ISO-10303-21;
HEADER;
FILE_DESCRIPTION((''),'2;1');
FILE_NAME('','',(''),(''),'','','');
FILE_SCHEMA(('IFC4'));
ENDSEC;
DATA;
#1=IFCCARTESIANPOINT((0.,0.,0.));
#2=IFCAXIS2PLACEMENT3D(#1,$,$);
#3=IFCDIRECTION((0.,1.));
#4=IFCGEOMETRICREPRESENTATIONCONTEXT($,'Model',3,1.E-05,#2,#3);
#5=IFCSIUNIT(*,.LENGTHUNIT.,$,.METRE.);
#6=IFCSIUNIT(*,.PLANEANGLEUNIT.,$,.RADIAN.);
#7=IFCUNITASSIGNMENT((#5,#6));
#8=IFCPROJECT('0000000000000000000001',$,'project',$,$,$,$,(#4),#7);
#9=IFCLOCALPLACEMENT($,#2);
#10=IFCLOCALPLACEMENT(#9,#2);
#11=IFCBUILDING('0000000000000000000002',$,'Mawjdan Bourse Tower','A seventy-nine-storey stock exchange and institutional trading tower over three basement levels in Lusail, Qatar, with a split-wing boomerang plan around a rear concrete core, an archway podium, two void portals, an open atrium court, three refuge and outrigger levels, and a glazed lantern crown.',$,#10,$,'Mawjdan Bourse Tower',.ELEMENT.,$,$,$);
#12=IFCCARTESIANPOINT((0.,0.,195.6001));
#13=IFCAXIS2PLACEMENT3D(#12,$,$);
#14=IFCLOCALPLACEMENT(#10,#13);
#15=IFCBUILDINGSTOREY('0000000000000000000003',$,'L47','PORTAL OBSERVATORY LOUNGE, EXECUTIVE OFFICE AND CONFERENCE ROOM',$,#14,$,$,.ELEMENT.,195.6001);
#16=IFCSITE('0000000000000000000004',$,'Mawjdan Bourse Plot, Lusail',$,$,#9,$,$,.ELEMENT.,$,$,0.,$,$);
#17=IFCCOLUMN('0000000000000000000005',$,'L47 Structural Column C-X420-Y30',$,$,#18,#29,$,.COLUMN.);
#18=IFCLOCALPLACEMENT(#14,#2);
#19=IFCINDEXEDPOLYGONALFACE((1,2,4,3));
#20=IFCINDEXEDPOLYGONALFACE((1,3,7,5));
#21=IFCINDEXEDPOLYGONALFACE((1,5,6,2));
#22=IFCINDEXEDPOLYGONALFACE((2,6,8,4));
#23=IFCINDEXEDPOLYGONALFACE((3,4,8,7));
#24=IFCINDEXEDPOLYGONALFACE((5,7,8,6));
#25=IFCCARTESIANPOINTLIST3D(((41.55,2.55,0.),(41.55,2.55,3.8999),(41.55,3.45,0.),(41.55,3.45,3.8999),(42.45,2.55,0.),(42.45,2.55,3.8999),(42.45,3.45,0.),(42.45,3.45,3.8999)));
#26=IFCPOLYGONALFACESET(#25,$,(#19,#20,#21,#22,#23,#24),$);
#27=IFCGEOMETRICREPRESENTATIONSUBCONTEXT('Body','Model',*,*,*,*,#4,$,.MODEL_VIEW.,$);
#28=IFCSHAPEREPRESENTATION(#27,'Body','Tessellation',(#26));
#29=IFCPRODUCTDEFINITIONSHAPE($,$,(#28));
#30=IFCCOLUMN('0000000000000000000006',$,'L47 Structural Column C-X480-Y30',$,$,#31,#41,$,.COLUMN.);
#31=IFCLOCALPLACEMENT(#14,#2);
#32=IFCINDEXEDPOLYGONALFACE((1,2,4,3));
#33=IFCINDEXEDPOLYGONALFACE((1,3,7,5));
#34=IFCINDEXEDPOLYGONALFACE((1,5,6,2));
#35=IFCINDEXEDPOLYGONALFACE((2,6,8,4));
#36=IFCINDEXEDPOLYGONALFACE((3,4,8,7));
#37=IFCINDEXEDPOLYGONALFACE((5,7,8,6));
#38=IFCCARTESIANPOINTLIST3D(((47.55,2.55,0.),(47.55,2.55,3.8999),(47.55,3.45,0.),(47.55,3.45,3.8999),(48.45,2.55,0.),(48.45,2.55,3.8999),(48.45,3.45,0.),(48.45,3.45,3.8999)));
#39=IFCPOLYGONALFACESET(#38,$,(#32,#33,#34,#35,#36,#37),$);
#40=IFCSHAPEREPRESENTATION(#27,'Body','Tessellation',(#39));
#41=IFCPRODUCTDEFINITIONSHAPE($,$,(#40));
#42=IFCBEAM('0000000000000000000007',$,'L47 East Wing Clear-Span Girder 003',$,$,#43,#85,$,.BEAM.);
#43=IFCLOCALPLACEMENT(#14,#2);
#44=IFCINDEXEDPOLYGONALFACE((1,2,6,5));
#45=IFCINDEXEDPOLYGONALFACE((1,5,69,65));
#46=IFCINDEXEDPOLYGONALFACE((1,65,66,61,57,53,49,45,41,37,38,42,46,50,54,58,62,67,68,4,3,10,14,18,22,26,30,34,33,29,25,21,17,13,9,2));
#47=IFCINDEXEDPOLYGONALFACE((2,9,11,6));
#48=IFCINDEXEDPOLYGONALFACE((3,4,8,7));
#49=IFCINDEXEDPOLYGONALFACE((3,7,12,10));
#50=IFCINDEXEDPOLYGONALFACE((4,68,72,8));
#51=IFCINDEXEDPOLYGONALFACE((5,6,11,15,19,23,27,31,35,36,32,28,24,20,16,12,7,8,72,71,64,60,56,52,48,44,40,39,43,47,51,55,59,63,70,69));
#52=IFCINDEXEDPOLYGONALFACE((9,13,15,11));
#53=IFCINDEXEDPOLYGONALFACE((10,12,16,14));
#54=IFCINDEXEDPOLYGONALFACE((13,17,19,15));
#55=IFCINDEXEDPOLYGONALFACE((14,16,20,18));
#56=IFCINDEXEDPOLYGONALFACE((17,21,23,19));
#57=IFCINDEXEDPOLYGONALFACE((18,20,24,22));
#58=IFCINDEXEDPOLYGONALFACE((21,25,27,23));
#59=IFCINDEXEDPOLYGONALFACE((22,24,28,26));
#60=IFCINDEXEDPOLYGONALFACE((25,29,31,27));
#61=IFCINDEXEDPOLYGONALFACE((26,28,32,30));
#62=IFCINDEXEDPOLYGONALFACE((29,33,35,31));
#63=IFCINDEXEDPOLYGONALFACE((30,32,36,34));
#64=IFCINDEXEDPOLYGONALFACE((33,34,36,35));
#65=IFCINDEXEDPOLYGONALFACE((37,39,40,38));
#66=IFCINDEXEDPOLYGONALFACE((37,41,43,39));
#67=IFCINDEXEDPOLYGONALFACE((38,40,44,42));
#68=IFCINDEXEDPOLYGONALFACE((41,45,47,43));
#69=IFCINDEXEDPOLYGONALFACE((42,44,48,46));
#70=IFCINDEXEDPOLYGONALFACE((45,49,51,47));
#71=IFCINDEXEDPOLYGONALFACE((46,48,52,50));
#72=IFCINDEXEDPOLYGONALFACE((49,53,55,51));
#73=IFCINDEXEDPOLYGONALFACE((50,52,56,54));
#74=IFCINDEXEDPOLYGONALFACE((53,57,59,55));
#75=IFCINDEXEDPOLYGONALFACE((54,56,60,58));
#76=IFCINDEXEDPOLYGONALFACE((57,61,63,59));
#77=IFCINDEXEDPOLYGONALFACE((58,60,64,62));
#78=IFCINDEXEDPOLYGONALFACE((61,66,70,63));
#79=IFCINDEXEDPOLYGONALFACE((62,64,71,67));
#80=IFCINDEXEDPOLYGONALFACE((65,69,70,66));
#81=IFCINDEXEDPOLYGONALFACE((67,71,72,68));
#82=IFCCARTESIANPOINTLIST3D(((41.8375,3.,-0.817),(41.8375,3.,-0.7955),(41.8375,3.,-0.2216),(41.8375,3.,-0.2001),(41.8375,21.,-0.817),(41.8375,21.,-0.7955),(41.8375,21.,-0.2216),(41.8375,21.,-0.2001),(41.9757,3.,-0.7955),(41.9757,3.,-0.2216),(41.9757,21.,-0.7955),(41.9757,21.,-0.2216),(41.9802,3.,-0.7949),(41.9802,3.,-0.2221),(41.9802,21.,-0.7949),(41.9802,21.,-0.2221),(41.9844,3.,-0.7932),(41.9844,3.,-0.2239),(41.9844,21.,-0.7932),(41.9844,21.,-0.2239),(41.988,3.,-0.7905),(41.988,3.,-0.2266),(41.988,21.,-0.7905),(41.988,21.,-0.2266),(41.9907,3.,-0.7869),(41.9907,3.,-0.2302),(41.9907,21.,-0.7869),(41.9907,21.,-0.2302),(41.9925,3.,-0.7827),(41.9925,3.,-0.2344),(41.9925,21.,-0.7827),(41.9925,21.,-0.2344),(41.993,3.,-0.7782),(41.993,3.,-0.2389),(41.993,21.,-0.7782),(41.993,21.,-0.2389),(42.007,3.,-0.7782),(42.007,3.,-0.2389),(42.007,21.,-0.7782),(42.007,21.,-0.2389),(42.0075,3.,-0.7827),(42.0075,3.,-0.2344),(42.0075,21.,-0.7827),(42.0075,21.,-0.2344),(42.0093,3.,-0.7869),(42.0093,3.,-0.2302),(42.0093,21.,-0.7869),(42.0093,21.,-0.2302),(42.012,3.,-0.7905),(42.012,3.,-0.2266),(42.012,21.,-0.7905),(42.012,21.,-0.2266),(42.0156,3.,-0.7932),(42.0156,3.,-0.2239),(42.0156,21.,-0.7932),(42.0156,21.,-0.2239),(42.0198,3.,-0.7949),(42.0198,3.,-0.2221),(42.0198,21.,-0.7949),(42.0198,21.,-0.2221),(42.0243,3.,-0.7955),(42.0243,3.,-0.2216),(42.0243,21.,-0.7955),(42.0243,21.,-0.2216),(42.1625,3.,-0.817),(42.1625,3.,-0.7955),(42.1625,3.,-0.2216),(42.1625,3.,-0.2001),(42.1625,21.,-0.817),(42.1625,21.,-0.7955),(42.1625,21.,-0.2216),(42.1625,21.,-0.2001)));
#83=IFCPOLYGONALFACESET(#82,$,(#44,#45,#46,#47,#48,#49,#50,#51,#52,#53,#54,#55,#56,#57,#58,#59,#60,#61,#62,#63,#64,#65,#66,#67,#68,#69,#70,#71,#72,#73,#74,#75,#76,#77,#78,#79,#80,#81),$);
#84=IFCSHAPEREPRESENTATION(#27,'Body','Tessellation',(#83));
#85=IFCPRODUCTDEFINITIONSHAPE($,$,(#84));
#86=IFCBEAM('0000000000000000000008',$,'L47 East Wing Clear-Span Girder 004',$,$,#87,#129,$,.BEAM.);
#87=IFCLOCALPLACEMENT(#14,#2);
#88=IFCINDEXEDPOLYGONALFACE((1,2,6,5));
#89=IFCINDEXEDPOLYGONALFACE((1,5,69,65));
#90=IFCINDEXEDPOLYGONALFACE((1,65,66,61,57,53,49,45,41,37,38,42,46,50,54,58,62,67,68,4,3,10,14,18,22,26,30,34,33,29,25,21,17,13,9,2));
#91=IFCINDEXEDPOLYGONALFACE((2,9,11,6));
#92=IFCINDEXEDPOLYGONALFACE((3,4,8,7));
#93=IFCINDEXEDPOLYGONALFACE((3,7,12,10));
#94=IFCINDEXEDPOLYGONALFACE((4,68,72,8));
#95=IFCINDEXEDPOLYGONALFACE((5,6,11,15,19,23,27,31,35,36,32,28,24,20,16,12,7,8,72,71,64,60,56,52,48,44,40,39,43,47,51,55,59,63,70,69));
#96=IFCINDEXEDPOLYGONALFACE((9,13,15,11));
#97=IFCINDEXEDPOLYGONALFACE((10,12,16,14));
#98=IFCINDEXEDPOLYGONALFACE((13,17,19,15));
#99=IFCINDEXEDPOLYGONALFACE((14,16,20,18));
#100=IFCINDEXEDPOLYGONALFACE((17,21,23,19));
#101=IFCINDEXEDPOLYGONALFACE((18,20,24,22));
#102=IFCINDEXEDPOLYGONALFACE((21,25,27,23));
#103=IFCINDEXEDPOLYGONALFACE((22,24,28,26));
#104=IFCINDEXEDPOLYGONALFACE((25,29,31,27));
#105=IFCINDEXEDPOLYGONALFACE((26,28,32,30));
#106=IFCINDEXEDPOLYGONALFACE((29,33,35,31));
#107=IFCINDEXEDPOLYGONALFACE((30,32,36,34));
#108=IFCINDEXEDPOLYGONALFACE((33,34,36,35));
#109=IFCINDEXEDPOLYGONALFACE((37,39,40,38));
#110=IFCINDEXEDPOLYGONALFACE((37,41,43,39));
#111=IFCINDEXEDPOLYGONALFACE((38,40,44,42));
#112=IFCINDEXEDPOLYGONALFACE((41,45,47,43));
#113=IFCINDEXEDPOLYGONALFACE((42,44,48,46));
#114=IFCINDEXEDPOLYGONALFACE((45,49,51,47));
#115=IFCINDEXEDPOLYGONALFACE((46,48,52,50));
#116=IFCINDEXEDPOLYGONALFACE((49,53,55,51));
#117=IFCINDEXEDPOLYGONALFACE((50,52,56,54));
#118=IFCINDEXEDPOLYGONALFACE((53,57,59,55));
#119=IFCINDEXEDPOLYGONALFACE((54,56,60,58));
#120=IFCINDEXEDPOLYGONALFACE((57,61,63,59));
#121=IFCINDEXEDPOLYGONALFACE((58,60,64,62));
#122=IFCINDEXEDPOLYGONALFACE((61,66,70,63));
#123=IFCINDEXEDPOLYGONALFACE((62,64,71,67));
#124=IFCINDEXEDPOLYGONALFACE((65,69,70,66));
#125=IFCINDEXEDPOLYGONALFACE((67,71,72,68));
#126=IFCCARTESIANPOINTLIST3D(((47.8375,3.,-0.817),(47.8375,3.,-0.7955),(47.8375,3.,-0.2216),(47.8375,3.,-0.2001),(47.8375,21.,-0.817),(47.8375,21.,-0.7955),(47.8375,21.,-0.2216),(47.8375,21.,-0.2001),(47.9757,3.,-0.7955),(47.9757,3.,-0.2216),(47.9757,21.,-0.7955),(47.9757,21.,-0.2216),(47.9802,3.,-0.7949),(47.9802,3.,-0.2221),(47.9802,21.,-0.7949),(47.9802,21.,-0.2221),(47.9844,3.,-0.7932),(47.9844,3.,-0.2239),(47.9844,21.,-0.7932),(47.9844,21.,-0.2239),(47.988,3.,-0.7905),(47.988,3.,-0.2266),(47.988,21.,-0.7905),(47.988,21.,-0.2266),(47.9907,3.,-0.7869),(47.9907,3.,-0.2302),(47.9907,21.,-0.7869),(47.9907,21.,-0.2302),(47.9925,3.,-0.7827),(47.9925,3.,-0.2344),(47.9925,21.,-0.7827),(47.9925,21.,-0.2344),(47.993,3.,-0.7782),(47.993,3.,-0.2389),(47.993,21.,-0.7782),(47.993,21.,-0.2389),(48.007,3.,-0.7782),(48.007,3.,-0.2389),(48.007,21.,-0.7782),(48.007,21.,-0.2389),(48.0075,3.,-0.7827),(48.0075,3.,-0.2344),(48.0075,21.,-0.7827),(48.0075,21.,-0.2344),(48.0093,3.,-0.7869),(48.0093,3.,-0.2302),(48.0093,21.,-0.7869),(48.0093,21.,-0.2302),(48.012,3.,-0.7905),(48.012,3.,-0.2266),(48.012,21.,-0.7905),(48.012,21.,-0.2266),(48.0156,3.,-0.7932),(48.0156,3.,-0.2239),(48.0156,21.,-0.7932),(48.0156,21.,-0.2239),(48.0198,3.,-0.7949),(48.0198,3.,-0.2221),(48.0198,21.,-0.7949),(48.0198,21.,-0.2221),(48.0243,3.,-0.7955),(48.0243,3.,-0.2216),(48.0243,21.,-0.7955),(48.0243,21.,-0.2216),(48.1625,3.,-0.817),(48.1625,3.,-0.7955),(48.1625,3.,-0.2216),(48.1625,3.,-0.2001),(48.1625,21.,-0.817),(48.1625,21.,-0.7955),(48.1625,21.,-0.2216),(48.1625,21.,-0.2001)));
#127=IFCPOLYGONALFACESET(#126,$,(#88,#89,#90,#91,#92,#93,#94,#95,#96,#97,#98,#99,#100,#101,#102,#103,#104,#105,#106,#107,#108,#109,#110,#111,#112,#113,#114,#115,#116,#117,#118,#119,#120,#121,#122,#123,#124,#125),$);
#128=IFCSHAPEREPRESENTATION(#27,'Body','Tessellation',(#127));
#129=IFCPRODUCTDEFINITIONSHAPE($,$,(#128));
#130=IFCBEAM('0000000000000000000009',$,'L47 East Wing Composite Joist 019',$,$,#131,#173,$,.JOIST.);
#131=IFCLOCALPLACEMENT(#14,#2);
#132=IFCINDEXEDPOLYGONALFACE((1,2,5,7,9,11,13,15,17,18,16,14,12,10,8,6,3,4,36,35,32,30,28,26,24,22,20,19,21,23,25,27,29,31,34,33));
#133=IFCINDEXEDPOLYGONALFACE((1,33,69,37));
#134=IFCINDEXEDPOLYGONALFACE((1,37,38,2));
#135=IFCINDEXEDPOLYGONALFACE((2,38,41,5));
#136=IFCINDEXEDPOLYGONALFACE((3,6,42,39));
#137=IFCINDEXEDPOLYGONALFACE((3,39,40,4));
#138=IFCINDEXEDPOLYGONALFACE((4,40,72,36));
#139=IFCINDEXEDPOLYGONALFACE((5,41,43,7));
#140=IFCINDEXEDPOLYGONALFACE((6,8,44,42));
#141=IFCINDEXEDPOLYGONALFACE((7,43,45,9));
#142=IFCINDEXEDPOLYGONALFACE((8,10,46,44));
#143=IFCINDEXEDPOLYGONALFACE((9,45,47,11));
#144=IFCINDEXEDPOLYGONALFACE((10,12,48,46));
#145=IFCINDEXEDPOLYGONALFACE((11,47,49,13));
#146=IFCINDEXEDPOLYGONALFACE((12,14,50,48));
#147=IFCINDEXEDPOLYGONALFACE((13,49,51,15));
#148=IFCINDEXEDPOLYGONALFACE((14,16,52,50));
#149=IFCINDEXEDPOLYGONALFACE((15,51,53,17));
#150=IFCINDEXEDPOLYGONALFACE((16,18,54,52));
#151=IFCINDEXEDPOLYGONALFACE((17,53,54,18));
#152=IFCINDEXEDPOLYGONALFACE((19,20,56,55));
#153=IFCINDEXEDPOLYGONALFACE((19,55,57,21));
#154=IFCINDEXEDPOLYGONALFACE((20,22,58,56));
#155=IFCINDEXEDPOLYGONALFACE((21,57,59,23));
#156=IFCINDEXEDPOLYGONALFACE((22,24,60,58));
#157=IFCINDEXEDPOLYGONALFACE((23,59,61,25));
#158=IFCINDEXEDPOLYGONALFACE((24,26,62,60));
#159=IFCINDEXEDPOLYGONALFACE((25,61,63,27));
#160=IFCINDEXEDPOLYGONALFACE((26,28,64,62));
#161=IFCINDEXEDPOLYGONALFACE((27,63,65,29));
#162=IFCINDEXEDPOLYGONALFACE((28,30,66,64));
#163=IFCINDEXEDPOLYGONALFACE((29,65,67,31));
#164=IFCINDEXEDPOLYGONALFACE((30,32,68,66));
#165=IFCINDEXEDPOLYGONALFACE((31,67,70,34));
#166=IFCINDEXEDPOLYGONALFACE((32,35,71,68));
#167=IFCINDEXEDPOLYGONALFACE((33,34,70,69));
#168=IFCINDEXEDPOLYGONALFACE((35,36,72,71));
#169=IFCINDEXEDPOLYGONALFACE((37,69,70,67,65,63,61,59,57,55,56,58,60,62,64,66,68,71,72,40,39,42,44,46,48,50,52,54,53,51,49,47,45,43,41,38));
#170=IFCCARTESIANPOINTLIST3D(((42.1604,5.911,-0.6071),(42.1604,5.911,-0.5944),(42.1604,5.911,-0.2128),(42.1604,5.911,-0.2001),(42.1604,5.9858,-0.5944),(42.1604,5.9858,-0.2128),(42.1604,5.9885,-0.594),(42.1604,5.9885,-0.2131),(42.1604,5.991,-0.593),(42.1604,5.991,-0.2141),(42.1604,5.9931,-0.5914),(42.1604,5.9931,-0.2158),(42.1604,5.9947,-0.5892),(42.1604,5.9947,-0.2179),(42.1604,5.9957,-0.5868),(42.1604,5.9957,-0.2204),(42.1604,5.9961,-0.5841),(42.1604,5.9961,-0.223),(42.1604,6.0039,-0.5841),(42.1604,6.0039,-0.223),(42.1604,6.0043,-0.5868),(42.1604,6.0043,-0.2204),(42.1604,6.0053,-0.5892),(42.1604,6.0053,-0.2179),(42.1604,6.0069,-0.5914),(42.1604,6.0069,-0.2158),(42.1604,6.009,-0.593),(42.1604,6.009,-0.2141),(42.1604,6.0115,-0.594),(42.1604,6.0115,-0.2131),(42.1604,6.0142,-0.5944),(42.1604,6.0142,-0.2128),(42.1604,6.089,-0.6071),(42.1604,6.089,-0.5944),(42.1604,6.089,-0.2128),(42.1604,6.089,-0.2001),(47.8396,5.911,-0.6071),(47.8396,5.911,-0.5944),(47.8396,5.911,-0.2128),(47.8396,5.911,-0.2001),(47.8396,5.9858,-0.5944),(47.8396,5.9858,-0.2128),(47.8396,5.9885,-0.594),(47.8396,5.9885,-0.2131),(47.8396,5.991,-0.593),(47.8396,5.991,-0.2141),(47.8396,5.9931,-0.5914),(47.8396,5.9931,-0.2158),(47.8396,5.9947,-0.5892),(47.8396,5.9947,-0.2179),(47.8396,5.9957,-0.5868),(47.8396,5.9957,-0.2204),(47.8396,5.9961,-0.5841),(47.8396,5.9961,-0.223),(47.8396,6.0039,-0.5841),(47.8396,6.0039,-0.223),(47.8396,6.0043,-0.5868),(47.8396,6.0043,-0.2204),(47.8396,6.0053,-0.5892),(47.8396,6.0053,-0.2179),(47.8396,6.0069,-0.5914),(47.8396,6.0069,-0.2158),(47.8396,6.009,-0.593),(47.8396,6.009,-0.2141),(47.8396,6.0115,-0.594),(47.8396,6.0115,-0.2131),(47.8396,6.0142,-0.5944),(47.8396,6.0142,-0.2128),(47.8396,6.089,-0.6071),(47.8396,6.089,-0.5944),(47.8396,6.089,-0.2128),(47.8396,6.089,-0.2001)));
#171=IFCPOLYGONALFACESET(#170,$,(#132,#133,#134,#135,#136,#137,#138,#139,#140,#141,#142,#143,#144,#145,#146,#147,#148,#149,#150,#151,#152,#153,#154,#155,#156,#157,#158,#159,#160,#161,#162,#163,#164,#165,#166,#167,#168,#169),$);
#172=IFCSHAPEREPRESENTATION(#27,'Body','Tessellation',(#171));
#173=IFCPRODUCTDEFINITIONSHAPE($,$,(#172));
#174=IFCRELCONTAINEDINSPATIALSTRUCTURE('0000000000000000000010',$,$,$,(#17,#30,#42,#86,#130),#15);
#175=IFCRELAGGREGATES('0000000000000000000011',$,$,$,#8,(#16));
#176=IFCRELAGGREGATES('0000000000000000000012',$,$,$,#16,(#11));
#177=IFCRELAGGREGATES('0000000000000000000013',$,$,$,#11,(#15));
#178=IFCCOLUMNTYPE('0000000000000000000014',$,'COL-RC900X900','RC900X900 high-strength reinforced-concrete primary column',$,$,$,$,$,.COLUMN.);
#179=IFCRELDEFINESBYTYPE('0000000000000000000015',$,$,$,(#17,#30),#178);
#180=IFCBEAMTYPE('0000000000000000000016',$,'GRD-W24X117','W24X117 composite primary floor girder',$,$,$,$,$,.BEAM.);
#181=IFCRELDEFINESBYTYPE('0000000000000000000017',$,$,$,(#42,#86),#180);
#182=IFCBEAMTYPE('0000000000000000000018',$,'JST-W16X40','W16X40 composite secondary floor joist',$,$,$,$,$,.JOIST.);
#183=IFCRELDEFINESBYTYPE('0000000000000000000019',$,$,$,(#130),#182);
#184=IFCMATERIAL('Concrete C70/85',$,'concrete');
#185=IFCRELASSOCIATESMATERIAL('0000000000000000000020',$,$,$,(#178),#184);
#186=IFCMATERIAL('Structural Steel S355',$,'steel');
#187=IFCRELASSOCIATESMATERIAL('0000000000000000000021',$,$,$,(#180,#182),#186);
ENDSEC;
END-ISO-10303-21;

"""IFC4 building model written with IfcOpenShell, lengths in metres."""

from ifc_helpers import new_model, si_unit, direction, frame, origin, origin_2d, place, context, subcontext, project, spatial, rectangle, i_section, extrude, material, material_profile, profile_set, type_object, element, save


model = new_model("IFC4")

# Units and contexts
model_context = context("Model", 3, precision=1e-05, world=origin(), true_north=direction((0.0, 1.0)))
body_context = subcontext(model_context, "Body", "Model", "MODEL_VIEW")
ifc_project = project(units=[si_unit("LENGTHUNIT", "METRE"), si_unit("PLANEANGLEUNIT", "RADIAN")], contexts=[model_context])

# Site, building, storey
site_placement = place(None, origin())
site = spatial("IfcSite", under=ifc_project, at=site_placement, Name="Mawjdan Bourse Plot, Lusail", CompositionType="ELEMENT", RefElevation=0.0)
building_placement = place(site_placement, origin())
building = spatial("IfcBuilding", under=site, at=building_placement, Name="Mawjdan Bourse Tower", Description="A seventy-nine-storey stock exchange and institutional trading tower over three basement levels in Lusail, Qatar, with a split-wing boomerang plan around a rear concrete core, an archway podium, two void portals, an open atrium court, three refuge and outrigger levels, and a glazed lantern crown.", LongName="Mawjdan Bourse Tower", CompositionType="ELEMENT")
storey_placement = place(building_placement, frame((0.0, 0.0, 195.6001)))
storey = spatial("IfcBuildingStorey", under=building, at=storey_placement, Name="L47", Description="PORTAL OBSERVATORY LOUNGE, EXECUTIVE OFFICE AND CONFERENCE ROOM", CompositionType="ELEMENT", Elevation=195.6001)

# Columns
ifc_material_1 = material(Name="Concrete C70/85", Category="concrete")
ifc_material_profile_1 = material_profile(ifc_material_1, rectangle(XDim=0.8999, YDim=0.8999, at=origin_2d()), Name="RC900X900")
ifc_profile_set_1 = profile_set([ifc_material_profile_1], Name="Concrete C70/85")
column_type = type_object("IfcColumnType", Name="COL-RC900X900", Description="RC900X900 high-strength reinforced-concrete primary column", PredefinedType="COLUMN", material=ifc_profile_set_1)
for number, where, z_axis, x_axis, name in (
    (1, (42.0, 3.0, 0.0), (0.0, 0.0, 1.0), (1.0, 0.0, 0.0), "L47 Structural Column C-X420-Y30"),
    (2, (48.0, 3.0, 0.0), (0.0, 0.0, 1.0), (1.0, 0.0, 0.0), "L47 Structural Column C-X480-Y30"),
):
    element("IfcColumn", number, at=place(storey_placement, frame(where, z_axis=z_axis, x_axis=x_axis)), inside=storey, type_object=column_type, Name=name, PredefinedType="COLUMN", context=body_context, shape_type="SweptSolid", body=[
        extrude(rectangle(XDim=0.8999, YDim=0.8999, at=origin_2d()), origin(), (0.0, 0.0, 1.0), 3.8999),
    ])

# Beams
ifc_material_2 = material(Name="Structural Steel S355", Category="steel")
ifc_material_profile_2 = material_profile(ifc_material_2, i_section(OverallWidth=0.325, OverallDepth=0.6169, WebThickness=0.0139, FlangeThickness=0.0215, FilletRadius=0.0173, at=origin_2d()), Name="W24X117")
ifc_profile_set_2 = profile_set([ifc_material_profile_2], Name="Structural Steel S355")
beam_type_1 = type_object("IfcBeamType", Name="GRD-W24X117", Description="W24X117 composite primary floor girder", PredefinedType="BEAM", material=ifc_profile_set_2)
for number, where, z_axis, x_axis, name in (
    (3, (42.0, 3.0, -0.5085), (0.0, 1.0, 0.0), (-1.0, 0.0, 0.0), "L47 East Wing Clear-Span Girder 003"),
    (4, (48.0, 3.0, -0.5085), (0.0, 1.0, 0.0), (-1.0, 0.0, 0.0), "L47 East Wing Clear-Span Girder 004"),
):
    element("IfcBeam", number, at=place(storey_placement, frame(where, z_axis=z_axis, x_axis=x_axis)), inside=storey, type_object=beam_type_1, Name=name, PredefinedType="BEAM", context=body_context, shape_type="SweptSolid", body=[
        extrude(i_section(OverallWidth=0.325, OverallDepth=0.6169, WebThickness=0.0139, FlangeThickness=0.0215, FilletRadius=0.0173, at=origin_2d()), origin(), (0.0, 0.0, 1.0), 18.0),
    ])
ifc_material_profile_3 = material_profile(ifc_material_2, i_section(OverallWidth=0.178, OverallDepth=0.407, WebThickness=0.0078, FlangeThickness=0.0127, FilletRadius=0.0103, at=origin_2d()), Name="W16X40")
ifc_profile_set_3 = profile_set([ifc_material_profile_3], Name="Structural Steel S355")
beam_type_2 = type_object("IfcBeamType", Name="JST-W16X40", Description="W16X40 composite secondary floor joist", PredefinedType="JOIST", material=ifc_profile_set_3)
for number, where, z_axis, x_axis, name in (
    (5, (42.1604, 6.0, -0.4036), (1.0, 0.0, 0.0), (0.0, 1.0, 0.0), "L47 East Wing Composite Joist 019"),
):
    element("IfcBeam", number, at=place(storey_placement, frame(where, z_axis=z_axis, x_axis=x_axis)), inside=storey, type_object=beam_type_2, Name=name, PredefinedType="JOIST", context=body_context, shape_type="SweptSolid", body=[
        extrude(i_section(OverallWidth=0.178, OverallDepth=0.407, WebThickness=0.0078, FlangeThickness=0.0127, FilletRadius=0.0103, at=origin_2d()), origin(), (0.0, 0.0, 1.0), 5.6792),
    ])

save(model, "model.ifc")
